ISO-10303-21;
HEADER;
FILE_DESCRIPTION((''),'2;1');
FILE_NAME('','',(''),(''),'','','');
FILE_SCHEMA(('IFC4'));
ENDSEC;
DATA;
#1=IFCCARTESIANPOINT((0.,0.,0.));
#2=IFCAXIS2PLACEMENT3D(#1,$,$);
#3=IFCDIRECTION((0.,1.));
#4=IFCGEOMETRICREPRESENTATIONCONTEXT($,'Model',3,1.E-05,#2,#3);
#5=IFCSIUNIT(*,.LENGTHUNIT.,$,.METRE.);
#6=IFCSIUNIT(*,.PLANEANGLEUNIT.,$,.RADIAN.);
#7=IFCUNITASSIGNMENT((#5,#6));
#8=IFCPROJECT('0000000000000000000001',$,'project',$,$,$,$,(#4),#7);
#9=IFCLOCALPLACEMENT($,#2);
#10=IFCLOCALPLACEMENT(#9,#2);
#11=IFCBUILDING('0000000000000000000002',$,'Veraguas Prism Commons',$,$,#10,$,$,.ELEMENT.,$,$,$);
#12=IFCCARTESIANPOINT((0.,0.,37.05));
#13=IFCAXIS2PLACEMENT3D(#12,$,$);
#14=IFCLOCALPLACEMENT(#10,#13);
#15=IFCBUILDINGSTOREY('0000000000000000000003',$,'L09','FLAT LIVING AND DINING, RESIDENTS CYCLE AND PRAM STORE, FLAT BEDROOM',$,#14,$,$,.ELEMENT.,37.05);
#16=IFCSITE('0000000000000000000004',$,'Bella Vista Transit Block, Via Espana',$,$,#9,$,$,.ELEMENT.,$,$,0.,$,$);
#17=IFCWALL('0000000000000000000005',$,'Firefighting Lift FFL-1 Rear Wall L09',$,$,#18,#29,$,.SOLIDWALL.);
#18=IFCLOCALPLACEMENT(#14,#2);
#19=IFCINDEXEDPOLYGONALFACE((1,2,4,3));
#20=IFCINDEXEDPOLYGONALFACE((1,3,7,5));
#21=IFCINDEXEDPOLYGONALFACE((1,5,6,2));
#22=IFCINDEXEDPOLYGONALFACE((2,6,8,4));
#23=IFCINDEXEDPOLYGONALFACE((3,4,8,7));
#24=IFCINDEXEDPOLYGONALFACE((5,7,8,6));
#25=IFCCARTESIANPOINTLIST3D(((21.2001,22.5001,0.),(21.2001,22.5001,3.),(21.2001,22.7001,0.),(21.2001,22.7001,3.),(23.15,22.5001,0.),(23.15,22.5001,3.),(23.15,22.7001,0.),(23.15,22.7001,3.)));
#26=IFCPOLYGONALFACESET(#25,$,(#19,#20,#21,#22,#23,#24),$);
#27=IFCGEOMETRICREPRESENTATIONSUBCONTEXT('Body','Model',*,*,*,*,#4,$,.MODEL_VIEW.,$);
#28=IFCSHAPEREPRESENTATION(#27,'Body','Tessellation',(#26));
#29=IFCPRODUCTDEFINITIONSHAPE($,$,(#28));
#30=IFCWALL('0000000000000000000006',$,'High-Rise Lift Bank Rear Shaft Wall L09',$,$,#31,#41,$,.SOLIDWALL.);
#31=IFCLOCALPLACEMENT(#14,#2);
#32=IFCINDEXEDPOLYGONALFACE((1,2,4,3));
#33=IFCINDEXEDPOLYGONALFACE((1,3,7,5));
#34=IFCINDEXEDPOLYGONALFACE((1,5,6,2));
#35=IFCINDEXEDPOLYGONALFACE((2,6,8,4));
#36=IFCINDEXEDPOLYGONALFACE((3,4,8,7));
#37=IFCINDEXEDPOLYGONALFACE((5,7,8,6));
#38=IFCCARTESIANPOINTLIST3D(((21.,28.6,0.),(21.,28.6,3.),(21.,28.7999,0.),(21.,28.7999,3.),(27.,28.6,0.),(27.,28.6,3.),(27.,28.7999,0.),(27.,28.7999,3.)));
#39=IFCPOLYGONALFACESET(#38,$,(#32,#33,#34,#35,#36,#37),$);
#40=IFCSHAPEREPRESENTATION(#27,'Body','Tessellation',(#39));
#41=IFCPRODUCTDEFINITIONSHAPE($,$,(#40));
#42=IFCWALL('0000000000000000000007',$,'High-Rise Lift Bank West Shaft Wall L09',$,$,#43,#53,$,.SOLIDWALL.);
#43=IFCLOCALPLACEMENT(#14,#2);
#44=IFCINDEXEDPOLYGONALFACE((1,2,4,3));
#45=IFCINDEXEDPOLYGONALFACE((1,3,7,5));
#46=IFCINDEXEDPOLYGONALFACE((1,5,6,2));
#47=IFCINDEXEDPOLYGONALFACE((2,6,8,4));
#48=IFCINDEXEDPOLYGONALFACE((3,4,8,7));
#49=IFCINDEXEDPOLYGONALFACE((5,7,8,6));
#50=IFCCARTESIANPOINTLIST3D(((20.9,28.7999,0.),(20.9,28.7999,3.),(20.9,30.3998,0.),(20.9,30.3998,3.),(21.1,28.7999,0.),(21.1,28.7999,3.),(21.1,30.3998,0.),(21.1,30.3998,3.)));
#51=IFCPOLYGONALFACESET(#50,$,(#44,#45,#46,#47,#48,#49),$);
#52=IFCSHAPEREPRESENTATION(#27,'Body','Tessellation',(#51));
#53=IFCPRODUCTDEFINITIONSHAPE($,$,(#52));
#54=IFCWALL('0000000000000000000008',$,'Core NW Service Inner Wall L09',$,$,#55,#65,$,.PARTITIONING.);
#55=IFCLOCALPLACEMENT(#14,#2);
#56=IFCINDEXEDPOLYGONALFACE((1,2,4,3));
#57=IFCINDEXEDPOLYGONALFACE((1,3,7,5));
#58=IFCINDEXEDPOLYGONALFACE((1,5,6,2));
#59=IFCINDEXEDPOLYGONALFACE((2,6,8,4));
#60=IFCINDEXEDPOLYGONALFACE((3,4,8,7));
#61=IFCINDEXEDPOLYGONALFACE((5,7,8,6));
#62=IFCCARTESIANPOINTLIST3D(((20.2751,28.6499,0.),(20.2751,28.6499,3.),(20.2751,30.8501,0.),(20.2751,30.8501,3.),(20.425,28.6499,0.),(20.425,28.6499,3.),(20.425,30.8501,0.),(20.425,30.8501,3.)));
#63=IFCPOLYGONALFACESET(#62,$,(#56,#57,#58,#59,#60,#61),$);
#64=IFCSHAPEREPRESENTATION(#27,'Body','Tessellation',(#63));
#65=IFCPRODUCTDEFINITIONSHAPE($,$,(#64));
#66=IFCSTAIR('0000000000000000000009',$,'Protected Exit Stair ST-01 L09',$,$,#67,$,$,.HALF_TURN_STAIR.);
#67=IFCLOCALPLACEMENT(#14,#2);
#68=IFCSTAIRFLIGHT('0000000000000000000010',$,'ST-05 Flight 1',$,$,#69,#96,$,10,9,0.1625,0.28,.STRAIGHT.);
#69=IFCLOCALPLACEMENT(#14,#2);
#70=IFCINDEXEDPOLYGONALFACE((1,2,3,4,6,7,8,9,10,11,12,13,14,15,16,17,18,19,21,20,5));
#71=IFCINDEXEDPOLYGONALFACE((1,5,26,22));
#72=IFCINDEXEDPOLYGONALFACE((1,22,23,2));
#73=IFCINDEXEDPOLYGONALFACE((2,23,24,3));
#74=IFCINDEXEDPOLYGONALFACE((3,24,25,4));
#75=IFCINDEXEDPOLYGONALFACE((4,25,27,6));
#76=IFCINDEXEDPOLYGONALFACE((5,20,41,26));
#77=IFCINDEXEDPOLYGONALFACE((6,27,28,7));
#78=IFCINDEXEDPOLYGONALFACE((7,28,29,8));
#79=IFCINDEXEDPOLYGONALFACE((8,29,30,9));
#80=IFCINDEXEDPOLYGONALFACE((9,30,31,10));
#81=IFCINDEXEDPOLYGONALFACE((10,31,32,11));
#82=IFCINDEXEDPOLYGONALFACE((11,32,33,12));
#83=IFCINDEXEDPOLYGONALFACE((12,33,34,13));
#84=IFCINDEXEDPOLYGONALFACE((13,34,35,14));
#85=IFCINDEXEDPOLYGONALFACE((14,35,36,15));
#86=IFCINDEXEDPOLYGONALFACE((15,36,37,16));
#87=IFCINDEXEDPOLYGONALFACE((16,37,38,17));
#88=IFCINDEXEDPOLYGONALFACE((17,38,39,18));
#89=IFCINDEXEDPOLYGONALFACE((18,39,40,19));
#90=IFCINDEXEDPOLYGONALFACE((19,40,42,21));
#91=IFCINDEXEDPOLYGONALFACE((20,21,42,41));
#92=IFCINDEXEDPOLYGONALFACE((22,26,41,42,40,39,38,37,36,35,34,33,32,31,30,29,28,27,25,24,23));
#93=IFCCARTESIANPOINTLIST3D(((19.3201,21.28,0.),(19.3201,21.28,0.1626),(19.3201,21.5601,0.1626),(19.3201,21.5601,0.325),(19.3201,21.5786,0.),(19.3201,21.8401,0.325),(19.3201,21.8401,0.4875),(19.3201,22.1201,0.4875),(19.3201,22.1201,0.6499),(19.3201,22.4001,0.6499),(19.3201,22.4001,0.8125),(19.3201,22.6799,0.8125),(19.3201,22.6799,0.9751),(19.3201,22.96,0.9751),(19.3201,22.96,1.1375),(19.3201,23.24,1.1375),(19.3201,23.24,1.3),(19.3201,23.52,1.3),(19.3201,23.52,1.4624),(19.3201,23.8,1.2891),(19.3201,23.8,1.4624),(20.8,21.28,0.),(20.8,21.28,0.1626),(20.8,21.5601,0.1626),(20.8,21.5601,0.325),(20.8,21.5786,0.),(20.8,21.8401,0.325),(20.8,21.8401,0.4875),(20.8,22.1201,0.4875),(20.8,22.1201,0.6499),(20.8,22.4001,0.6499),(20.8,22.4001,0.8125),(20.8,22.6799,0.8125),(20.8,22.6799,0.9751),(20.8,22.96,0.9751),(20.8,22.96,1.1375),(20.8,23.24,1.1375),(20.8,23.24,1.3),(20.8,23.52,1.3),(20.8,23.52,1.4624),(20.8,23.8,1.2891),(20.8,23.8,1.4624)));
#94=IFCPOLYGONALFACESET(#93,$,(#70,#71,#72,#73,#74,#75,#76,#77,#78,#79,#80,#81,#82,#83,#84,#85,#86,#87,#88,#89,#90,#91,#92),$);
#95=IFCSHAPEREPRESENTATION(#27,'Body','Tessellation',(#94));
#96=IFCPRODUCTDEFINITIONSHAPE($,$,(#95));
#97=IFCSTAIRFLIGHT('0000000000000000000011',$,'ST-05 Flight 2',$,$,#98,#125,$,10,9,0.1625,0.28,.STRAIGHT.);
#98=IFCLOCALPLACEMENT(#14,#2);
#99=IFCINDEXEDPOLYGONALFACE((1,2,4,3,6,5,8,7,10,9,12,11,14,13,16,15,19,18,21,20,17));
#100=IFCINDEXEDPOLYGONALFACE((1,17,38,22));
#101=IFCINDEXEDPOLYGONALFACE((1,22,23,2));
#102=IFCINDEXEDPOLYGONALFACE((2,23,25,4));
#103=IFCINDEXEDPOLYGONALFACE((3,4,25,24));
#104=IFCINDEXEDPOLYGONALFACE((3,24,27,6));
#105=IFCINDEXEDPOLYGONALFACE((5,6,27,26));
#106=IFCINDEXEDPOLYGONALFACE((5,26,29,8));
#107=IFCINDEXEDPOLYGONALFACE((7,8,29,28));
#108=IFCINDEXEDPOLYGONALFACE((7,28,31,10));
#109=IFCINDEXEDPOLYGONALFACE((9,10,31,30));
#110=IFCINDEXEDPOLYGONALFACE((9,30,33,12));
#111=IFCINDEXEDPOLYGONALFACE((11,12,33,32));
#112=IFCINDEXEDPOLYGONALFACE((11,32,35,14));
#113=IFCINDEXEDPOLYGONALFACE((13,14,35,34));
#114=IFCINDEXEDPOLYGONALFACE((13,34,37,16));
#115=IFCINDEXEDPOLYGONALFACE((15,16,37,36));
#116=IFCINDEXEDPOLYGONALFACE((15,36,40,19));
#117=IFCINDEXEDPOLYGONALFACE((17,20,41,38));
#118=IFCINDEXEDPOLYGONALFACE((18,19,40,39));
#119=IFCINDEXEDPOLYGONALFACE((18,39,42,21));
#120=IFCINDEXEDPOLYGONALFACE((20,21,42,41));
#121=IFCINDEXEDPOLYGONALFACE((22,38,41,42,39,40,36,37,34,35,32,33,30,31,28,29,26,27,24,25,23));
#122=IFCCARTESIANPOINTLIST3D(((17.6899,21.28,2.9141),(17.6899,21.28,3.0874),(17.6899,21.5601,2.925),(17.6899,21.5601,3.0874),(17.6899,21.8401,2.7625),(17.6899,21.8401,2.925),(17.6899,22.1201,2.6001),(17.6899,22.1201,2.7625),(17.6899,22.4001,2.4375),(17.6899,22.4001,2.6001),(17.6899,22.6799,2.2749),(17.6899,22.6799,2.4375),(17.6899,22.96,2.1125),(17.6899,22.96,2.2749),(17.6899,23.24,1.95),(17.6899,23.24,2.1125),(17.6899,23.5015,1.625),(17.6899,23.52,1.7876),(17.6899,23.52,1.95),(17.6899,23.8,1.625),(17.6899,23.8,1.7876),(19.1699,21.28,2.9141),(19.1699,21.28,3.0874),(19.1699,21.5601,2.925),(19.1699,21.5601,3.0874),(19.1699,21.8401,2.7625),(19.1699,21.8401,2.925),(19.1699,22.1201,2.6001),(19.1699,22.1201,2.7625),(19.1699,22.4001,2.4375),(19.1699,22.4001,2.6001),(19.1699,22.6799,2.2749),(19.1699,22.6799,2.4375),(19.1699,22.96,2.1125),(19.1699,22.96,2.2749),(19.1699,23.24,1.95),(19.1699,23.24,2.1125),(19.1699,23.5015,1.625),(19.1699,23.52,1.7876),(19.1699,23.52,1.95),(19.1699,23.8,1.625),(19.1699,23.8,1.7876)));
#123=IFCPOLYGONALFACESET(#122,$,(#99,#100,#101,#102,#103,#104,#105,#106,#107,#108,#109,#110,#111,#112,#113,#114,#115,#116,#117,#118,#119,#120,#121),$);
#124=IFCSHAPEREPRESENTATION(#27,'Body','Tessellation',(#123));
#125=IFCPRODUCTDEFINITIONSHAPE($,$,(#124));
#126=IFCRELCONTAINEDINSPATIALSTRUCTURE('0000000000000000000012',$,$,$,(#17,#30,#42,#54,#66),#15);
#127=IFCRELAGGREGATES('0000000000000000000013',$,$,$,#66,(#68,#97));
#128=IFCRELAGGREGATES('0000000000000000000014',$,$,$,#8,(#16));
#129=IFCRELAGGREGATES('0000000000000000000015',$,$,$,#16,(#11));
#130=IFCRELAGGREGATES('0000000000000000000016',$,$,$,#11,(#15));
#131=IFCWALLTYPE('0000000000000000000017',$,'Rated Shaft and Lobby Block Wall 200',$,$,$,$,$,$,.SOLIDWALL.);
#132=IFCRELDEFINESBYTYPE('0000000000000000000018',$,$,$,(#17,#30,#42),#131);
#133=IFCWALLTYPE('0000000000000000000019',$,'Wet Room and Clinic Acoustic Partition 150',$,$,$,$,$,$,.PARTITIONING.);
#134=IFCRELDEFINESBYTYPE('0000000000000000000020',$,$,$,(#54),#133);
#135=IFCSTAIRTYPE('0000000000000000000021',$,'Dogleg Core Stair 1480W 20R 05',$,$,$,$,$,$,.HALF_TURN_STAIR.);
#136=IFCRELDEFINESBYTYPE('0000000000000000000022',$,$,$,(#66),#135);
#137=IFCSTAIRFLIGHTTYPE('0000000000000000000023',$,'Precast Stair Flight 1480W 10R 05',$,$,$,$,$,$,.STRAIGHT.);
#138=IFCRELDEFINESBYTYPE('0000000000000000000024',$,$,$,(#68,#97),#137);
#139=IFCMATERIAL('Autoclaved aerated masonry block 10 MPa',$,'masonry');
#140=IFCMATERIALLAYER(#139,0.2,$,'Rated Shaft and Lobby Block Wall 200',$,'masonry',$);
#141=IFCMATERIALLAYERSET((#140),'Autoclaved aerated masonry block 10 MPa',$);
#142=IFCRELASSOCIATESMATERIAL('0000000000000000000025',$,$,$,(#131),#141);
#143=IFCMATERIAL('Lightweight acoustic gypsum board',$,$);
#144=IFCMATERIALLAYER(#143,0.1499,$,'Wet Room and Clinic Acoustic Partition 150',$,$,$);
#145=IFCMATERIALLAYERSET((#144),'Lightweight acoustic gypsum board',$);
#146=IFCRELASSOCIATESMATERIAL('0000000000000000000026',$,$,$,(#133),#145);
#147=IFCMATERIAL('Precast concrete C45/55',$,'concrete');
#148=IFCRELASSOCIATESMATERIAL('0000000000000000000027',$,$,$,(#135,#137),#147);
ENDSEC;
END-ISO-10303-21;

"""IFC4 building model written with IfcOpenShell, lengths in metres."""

from ifc_helpers import new_model, si_unit, direction, frame, frame_2d, origin, place, context, subcontext, project, spatial, polyline, rectangle, outline, extrude, material, layer, layer_set, type_object, element, aggregate, save


model = new_model("IFC4")

# Units and contexts
model_context = context("Model", 3, precision=1e-05, world=origin(), true_north=direction((0.0, 1.0)))
body_context = subcontext(model_context, "Body", "Model", "MODEL_VIEW")
ifc_project = project(units=[si_unit("LENGTHUNIT", "METRE"), si_unit("PLANEANGLEUNIT", "RADIAN")], contexts=[model_context])

# Site, building, storey
site_placement = place(None, origin())
site = spatial("IfcSite", under=ifc_project, at=site_placement, Name="Bella Vista Transit Block, Via Espana", CompositionType="ELEMENT", RefElevation=0.0)
building_placement = place(site_placement, origin())
building = spatial("IfcBuilding", under=site, at=building_placement, Name="Veraguas Prism Commons", CompositionType="ELEMENT")
storey_placement = place(building_placement, frame((0.0, 0.0, 37.05)))
storey = spatial("IfcBuildingStorey", under=building, at=storey_placement, Name="L09", Description="FLAT LIVING AND DINING, RESIDENTS CYCLE AND PRAM STORE, FLAT BEDROOM", CompositionType="ELEMENT", Elevation=37.05)

# Shared definitions
ifc_material_1 = material(Name="Autoclaved aerated masonry block 10 MPa", Category="masonry")

# Walls
ifc_layer_1 = layer(ifc_material_1, 0.2, Name="Rated Shaft and Lobby Block Wall 200", Category="masonry")
ifc_layer_set_1 = layer_set([ifc_layer_1], Name="Autoclaved aerated masonry block 10 MPa")
wall_type_1 = type_object("IfcWallType", Name="Rated Shaft and Lobby Block Wall 200", PredefinedType="SOLIDWALL", material=ifc_layer_set_1)
wall_1_placement = place(storey_placement, frame((21.2, 22.6001, 0.0), z_axis=(0.0, 0.0, 1.0), x_axis=(1.0, 0.0, 0.0)))
element("IfcWall", 1, at=wall_1_placement, inside=storey, type_object=wall_type_1, Name="Firefighting Lift FFL-1 Rear Wall L09", PredefinedType="SOLIDWALL", context=body_context, shape_type="SweptSolid", body=[
    extrude(rectangle(XDim=1.95, YDim=0.2, at=frame_2d((0.9751, 0.0))), origin(), (0.0, 0.0, 1.0), 3.0),
])
wall_2_placement = place(storey_placement, frame((21.0, 28.7, 0.0), z_axis=(0.0, 0.0, 1.0), x_axis=(1.0, 0.0, 0.0)))
element("IfcWall", 2, at=wall_2_placement, inside=storey, type_object=wall_type_1, Name="High-Rise Lift Bank Rear Shaft Wall L09", PredefinedType="SOLIDWALL", context=body_context, shape_type="SweptSolid", body=[
    extrude(rectangle(XDim=6.0, YDim=0.2, at=frame_2d((3.0, 0.0))), origin(), (0.0, 0.0, 1.0), 3.0),
])
wall_3_placement = place(storey_placement, frame((21.0, 28.8, 0.0), z_axis=(0.0, 0.0, 1.0), x_axis=(0.0, 1.0, 0.0)))
element("IfcWall", 3, at=wall_3_placement, inside=storey, type_object=wall_type_1, Name="High-Rise Lift Bank West Shaft Wall L09", PredefinedType="SOLIDWALL", context=body_context, shape_type="SweptSolid", body=[
    extrude(rectangle(XDim=1.5999, YDim=0.2, at=frame_2d((0.7998, 0.0))), origin(), (0.0, 0.0, 1.0), 3.0),
])
ifc_material_2 = material(Name="Lightweight acoustic gypsum board")
ifc_layer_2 = layer(ifc_material_2, 0.1499, Name="Wet Room and Clinic Acoustic Partition 150")
ifc_layer_set_2 = layer_set([ifc_layer_2], Name="Lightweight acoustic gypsum board")
wall_type_2 = type_object("IfcWallType", Name="Wet Room and Clinic Acoustic Partition 150", PredefinedType="PARTITIONING", material=ifc_layer_set_2)
wall_4_placement = place(storey_placement, frame((20.3501, 28.6499, 0.0), z_axis=(0.0, 0.0, 1.0), x_axis=(0.0, 1.0, 0.0)))
element("IfcWall", 4, at=wall_4_placement, inside=storey, type_object=wall_type_2, Name="Core NW Service Inner Wall L09", PredefinedType="PARTITIONING", context=body_context, shape_type="SweptSolid", body=[
    extrude(rectangle(XDim=2.2002, YDim=0.1499, at=frame_2d((1.1001, 0.0))), origin(), (0.0, 0.0, 1.0), 3.0),
])

# Stair, stair flights
ifc_material_3 = material(Name="Precast concrete C45/55", Category="concrete")
stair_type = type_object("IfcStairType", Name="Dogleg Core Stair 1480W 20R 05", PredefinedType="HALF_TURN_STAIR", material=ifc_material_3)
stair_placement = place(storey_placement, origin())
stair = element("IfcStair", 5, at=stair_placement, inside=storey, type_object=stair_type, Name="Protected Exit Stair ST-01 L09", PredefinedType="HALF_TURN_STAIR")
stair_flight_type = type_object("IfcStairFlightType", Name="Precast Stair Flight 1480W 10R 05", PredefinedType="STRAIGHT", material=ifc_material_3)
stair_flight_1_placement = place(storey_placement, frame((20.0601, 21.28, 0.0), z_axis=(0.0, 0.0, 1.0), x_axis=(0.0, 1.0, 0.0)))
stair_flight_1 = element("IfcStairFlight", 6, at=stair_flight_1_placement, type_object=stair_flight_type, Name="ST-05 Flight 1", NumberOfRisers=10, NumberOfTreads=9, PredefinedType="STRAIGHT", RiserHeight=0.1625, TreadLength=0.28, context=body_context, shape_type="SweptSolid", body=[
    extrude(outline(polyline([(0.0, 0.0), (0.0, 0.1626), (0.28, 0.1626), (0.28, 0.325), (0.5601, 0.325), (0.5601, 0.4875), (0.8401, 0.4875), (0.8401, 0.6499), (1.1201, 0.6499), (1.1201, 0.8125), (1.3999, 0.8125), (1.3999, 0.9751), (1.6799, 0.9751), (1.6799, 1.1375), (1.96, 1.1375), (1.96, 1.3), (2.24, 1.3), (2.24, 1.4624), (2.52, 1.4624), (2.52, 1.625), (2.52, 1.2891), (0.2986, 0.0), (0.0, 0.0)])), frame((0.0, 0.74, 0.0), z_axis=(0.0, -1.0, 0.0), x_axis=(1.0, 0.0, 0.0)), (0.0, 0.0, 1.0), 1.48),
])
stair_flight_2_placement = place(storey_placement, frame((18.4299, 23.8, 1.625), z_axis=(0.0, 0.0, 1.0), x_axis=(0.0, -1.0, 0.0)))
stair_flight_2 = element("IfcStairFlight", 7, at=stair_flight_2_placement, type_object=stair_flight_type, Name="ST-05 Flight 2", NumberOfRisers=10, NumberOfTreads=9, PredefinedType="STRAIGHT", RiserHeight=0.1625, TreadLength=0.28, context=body_context, shape_type="SweptSolid", body=[
    extrude(outline(polyline([(0.0, 0.0), (0.0, 0.1626), (0.28, 0.1626), (0.28, 0.325), (0.5601, 0.325), (0.5601, 0.4875), (0.8401, 0.4875), (0.8401, 0.6499), (1.1201, 0.6499), (1.1201, 0.8125), (1.3999, 0.8125), (1.3999, 0.9751), (1.6799, 0.9751), (1.6799, 1.1375), (1.96, 1.1375), (1.96, 1.3), (2.24, 1.3), (2.24, 1.4624), (2.52, 1.4624), (2.52, 1.625), (2.52, 1.2891), (0.2986, 0.0), (0.0, 0.0)])), frame((0.0, 0.74, 0.0), z_axis=(0.0, -1.0, 0.0), x_axis=(1.0, 0.0, 0.0)), (0.0, 0.0, 1.0), 1.48),
])
aggregate(stair, [stair_flight_1, stair_flight_2])

save(model, "model.ifc")
